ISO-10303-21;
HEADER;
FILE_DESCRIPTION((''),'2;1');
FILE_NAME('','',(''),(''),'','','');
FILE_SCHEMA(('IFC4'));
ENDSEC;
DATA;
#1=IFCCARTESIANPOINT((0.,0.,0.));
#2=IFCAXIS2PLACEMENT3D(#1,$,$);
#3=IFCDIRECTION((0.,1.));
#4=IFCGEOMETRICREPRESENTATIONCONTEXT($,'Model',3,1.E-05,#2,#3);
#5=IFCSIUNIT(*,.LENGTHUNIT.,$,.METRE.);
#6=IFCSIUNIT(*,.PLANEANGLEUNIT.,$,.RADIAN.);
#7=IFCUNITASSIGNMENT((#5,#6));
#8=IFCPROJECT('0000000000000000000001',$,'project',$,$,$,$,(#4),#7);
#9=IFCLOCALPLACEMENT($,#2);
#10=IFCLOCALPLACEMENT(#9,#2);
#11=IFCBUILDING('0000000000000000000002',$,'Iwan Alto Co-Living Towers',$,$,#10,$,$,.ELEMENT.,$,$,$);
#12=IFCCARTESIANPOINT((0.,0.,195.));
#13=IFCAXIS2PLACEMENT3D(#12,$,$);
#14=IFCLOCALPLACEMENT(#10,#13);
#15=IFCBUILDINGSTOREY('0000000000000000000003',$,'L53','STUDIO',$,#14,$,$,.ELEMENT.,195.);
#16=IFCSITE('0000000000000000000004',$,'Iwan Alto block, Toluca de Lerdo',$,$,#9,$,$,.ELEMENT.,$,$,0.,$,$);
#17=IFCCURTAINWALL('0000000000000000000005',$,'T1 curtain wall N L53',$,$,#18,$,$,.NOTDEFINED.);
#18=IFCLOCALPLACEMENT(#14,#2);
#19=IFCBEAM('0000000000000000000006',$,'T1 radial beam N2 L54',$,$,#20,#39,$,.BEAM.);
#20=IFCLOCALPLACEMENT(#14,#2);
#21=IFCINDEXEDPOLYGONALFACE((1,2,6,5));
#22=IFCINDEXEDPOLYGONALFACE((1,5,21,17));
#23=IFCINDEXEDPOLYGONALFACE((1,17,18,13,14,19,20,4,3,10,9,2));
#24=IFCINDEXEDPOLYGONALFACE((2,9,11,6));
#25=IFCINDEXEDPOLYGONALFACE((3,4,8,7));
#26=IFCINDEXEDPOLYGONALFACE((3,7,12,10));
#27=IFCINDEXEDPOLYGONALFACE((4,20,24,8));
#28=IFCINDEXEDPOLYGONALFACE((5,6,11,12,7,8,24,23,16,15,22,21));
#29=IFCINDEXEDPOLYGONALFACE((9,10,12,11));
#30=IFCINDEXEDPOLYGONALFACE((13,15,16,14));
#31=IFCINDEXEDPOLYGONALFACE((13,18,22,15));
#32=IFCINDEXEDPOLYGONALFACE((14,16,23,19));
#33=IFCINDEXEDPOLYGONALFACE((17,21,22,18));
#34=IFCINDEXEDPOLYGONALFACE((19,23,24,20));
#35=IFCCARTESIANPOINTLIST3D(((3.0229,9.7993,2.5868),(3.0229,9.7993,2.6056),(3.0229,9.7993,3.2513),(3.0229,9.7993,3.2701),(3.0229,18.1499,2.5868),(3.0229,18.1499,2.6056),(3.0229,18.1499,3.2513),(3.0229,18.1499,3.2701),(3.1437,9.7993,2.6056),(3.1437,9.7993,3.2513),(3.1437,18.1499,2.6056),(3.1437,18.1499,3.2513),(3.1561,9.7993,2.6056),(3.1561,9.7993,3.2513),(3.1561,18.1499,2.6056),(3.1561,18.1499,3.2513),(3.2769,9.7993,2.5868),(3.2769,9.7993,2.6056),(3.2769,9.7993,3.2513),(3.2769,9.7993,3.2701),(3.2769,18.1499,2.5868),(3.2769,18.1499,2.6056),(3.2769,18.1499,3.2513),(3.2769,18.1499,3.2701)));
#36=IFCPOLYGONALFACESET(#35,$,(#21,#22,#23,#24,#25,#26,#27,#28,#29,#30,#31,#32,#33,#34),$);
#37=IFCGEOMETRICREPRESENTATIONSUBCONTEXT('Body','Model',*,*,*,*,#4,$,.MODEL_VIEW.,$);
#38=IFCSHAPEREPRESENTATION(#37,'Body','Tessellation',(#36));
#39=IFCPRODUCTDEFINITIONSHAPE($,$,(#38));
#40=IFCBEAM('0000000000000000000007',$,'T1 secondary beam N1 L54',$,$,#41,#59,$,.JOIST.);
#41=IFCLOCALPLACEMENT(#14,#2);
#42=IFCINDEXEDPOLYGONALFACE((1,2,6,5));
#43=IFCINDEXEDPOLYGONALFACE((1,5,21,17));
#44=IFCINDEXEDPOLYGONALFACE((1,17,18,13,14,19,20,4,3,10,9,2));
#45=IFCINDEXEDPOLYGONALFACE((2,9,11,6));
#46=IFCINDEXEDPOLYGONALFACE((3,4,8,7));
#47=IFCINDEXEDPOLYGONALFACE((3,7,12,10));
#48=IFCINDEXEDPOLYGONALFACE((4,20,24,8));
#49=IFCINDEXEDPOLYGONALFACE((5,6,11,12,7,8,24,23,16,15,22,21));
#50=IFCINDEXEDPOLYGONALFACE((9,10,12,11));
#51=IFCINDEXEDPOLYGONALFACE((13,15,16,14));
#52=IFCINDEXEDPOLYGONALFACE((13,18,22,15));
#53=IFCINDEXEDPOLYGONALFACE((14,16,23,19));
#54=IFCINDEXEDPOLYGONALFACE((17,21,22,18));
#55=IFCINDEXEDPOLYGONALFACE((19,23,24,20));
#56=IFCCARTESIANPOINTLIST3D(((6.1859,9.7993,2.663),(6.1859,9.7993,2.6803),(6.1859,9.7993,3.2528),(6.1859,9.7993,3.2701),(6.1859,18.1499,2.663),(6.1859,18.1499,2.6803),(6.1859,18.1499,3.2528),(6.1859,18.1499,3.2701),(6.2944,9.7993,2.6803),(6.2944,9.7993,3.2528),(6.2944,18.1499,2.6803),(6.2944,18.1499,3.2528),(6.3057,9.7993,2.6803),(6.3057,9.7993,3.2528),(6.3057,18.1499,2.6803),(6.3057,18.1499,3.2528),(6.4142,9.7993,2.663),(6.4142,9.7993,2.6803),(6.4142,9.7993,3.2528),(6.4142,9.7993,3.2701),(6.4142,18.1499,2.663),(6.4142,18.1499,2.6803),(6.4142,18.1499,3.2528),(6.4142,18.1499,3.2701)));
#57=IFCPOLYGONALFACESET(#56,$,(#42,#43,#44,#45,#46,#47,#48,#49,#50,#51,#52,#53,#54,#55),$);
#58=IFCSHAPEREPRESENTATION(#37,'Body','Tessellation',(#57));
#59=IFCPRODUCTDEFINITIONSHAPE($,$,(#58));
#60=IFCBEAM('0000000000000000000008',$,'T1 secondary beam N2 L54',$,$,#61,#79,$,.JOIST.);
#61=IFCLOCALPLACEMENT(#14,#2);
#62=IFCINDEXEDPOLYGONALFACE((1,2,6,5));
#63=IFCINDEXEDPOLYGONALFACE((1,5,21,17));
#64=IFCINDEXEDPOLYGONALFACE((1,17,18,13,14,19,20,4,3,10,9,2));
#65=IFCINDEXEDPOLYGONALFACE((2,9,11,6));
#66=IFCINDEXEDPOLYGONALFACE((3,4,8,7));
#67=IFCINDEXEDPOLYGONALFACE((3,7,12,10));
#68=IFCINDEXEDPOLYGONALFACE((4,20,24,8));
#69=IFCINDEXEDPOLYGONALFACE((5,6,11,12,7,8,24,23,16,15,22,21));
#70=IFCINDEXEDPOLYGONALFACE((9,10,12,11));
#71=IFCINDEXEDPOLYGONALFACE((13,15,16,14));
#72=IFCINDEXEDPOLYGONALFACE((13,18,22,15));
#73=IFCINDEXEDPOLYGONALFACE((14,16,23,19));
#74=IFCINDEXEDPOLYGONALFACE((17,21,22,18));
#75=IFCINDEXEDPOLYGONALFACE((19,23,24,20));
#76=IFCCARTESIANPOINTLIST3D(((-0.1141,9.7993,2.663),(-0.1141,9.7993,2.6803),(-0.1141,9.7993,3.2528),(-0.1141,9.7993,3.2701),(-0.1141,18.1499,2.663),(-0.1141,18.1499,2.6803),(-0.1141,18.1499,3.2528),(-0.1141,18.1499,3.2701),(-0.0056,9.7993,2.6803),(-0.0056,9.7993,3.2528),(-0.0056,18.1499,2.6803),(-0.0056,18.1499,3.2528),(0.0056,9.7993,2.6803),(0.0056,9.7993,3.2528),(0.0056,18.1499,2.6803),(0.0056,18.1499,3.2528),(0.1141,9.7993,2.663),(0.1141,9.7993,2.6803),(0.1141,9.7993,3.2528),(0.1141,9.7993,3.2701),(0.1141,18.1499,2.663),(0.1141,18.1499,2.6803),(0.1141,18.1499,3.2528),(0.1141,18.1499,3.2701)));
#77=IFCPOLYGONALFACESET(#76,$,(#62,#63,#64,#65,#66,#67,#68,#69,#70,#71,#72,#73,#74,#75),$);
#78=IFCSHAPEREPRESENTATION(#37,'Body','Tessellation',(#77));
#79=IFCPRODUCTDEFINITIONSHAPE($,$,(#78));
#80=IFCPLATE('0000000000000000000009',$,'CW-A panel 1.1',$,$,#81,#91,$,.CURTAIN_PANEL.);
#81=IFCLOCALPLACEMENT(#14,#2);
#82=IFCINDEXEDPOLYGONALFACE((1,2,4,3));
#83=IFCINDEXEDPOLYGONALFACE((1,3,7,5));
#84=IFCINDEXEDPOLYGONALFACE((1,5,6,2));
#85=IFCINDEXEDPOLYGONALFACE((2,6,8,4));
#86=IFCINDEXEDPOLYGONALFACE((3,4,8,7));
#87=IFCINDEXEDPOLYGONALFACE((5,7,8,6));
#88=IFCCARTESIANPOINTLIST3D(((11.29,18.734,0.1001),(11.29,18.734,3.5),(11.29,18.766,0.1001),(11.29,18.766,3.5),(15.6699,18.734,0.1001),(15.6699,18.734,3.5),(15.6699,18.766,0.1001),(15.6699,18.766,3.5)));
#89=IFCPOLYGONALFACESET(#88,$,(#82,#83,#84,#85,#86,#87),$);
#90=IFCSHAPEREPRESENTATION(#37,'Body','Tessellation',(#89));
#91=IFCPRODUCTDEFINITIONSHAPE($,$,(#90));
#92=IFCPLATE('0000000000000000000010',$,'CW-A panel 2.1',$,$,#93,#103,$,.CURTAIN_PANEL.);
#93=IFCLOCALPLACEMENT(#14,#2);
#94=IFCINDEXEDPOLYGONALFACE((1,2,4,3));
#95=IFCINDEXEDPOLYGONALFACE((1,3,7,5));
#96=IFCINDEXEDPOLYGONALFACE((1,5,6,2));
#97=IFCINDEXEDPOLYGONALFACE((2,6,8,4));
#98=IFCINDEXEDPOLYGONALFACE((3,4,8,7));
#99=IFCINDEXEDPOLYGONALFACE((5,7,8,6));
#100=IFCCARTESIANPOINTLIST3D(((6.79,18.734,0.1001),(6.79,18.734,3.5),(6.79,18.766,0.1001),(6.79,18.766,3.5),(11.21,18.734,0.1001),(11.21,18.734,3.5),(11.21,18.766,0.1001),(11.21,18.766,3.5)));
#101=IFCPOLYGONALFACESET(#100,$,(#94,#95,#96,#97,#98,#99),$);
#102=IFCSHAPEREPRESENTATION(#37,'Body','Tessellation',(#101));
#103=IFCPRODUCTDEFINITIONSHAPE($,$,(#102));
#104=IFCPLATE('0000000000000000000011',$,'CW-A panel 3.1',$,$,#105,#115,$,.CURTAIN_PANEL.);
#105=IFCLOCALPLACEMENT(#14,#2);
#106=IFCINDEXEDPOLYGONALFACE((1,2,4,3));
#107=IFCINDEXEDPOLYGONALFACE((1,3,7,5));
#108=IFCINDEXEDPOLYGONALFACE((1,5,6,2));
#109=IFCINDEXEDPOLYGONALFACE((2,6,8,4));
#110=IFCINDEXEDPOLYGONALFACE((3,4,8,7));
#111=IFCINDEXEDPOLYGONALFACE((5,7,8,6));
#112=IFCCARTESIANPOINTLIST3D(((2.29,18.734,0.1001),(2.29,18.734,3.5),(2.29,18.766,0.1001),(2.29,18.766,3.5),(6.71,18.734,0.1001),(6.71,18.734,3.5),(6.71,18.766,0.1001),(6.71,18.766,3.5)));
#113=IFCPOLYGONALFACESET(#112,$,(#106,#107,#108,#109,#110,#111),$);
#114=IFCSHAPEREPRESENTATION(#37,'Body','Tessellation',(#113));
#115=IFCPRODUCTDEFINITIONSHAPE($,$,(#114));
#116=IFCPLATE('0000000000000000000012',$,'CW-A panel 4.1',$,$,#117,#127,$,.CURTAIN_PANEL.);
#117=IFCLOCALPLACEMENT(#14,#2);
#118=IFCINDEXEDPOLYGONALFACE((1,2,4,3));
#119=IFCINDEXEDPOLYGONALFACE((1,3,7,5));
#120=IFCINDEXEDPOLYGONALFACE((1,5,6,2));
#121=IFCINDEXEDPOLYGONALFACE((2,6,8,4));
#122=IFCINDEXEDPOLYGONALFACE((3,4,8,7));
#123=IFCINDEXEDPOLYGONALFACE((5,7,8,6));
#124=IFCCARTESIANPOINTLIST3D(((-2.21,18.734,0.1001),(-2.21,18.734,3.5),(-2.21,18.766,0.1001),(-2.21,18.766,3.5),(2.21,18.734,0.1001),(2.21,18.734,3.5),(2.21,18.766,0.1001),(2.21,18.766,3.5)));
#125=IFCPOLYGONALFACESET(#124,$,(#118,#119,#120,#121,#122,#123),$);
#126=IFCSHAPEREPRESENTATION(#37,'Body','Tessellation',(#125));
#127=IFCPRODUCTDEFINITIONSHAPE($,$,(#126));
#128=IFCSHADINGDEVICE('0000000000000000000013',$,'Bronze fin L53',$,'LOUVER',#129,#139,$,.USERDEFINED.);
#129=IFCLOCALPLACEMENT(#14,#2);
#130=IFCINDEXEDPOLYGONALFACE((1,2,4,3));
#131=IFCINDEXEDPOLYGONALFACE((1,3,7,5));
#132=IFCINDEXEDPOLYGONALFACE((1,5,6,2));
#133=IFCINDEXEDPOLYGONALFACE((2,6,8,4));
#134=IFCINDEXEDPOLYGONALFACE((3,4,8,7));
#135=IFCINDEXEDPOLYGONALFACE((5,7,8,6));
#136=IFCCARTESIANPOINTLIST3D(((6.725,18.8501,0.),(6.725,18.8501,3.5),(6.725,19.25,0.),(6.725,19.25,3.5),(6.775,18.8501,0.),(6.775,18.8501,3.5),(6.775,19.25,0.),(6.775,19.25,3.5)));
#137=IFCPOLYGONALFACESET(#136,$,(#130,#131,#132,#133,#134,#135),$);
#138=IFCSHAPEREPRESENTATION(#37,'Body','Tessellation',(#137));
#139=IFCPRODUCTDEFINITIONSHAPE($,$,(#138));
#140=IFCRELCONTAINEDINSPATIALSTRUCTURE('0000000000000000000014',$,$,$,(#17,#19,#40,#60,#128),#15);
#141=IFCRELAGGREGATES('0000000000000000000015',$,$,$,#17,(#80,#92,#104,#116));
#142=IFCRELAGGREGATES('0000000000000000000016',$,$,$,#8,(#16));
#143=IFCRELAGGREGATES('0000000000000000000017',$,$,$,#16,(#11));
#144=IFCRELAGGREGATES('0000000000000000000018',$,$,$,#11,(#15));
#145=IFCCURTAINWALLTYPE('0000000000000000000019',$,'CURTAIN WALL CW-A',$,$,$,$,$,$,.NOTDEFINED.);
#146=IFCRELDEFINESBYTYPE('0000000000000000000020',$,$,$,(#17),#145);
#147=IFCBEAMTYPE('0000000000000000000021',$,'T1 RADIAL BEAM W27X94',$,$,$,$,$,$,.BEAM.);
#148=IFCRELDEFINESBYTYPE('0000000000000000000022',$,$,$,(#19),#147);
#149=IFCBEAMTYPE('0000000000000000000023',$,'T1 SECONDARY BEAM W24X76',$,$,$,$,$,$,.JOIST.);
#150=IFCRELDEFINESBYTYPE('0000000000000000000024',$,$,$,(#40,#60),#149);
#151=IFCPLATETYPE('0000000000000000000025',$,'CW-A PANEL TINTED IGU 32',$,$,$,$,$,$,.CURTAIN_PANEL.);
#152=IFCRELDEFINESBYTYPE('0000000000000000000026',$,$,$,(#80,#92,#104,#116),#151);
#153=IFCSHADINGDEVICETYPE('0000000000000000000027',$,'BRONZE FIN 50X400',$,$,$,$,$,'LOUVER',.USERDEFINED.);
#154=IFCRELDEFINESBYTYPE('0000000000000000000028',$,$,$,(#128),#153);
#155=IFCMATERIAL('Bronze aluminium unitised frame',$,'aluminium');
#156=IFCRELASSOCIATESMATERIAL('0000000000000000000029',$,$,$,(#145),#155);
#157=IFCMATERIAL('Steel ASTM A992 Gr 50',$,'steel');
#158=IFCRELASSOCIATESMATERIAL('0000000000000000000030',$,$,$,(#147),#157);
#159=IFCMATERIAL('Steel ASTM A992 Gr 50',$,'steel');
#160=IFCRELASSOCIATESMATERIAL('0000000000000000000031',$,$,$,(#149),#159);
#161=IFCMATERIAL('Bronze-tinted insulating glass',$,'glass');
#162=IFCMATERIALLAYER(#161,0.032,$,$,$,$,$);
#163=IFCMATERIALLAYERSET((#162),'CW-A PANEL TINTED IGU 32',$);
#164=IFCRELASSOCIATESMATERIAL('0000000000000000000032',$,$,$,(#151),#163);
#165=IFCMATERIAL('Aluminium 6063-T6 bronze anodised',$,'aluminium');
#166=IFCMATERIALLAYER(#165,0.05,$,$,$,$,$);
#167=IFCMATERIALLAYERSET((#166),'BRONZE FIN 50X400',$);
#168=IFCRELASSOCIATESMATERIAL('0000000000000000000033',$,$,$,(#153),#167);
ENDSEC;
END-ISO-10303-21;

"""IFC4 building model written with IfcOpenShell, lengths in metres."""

from ifc_helpers import new_model, si_unit, direction, frame, origin, origin_2d, place, context, subcontext, project, spatial, rectangle, i_section, extrude, material, layer, layer_set, material_profile, profile_set, type_object, element, aggregate, save


model = new_model("IFC4")

# Units and contexts
model_context = context("Model", 3, precision=1e-05, world=origin(), true_north=direction((0.0, 1.0)))
body_context = subcontext(model_context, "Body", "Model", "MODEL_VIEW")
ifc_project = project(units=[si_unit("LENGTHUNIT", "METRE"), si_unit("PLANEANGLEUNIT", "RADIAN")], contexts=[model_context])

# Site, building, storey
site_placement = place(None, origin())
site = spatial("IfcSite", under=ifc_project, at=site_placement, Name="Iwan Alto block, Toluca de Lerdo", CompositionType="ELEMENT", RefElevation=0.0)
building_placement = place(site_placement, origin())
building = spatial("IfcBuilding", under=site, at=building_placement, Name="Iwan Alto Co-Living Towers", CompositionType="ELEMENT")
storey_placement = place(building_placement, frame((0.0, 0.0, 195.0)))
storey = spatial("IfcBuildingStorey", under=building, at=storey_placement, Name="L53", Description="STUDIO", CompositionType="ELEMENT", Elevation=195.0)

# Curtain wall
ifc_material_1 = material(Name="Bronze aluminium unitised frame", Category="aluminium")
curtain_wall_type = type_object("IfcCurtainWallType", Name="CURTAIN WALL CW-A", PredefinedType="NOTDEFINED", material=ifc_material_1)
curtain_wall_placement = place(storey_placement, origin())
curtain_wall = element("IfcCurtainWall", 1, at=curtain_wall_placement, inside=storey, type_object=curtain_wall_type, Name="T1 curtain wall N L53", PredefinedType="NOTDEFINED")

# Beams
ifc_material_2 = material(Name="Steel ASTM A992 Gr 50", Category="steel")
ifc_material_profile_1 = material_profile(ifc_material_2, i_section(OverallWidth=0.2539, OverallDepth=0.6833, WebThickness=0.0125, FlangeThickness=0.0188, at=origin_2d()), Name="W27X94")
ifc_profile_set_1 = profile_set([ifc_material_profile_1], Name="Steel ASTM A992 Gr 50")
beam_type_1 = type_object("IfcBeamType", Name="T1 RADIAL BEAM W27X94", PredefinedType="BEAM", material=ifc_profile_set_1)
for number, where, z_axis, x_axis, name in (
    (2, (3.1499, 18.1499, 2.9285), (0.0, -1.0, 0.0), (1.0, 0.0, 0.0), "T1 radial beam N2 L54"),
):
    element("IfcBeam", number, at=place(storey_placement, frame(where, z_axis=z_axis, x_axis=x_axis)), inside=storey, type_object=beam_type_1, Name=name, PredefinedType="BEAM", context=body_context, shape_type="SweptSolid", body=[
        extrude(i_section(OverallWidth=0.2539, OverallDepth=0.6833, WebThickness=0.0125, FlangeThickness=0.0188, at=origin_2d()), origin(), (0.0, 0.0, 1.0), 8.3506),
    ])
ifc_material_3 = material(Name="Steel ASTM A992 Gr 50", Category="steel")
ifc_material_profile_2 = material_profile(ifc_material_3, i_section(OverallWidth=0.2283, OverallDepth=0.6072, WebThickness=0.0112, FlangeThickness=0.0173, at=origin_2d()), Name="W24X76")
ifc_profile_set_2 = profile_set([ifc_material_profile_2], Name="Steel ASTM A992 Gr 50")
beam_type_2 = type_object("IfcBeamType", Name="T1 SECONDARY BEAM W24X76", PredefinedType="JOIST", material=ifc_profile_set_2)
for number, where, z_axis, x_axis, name in (
    (3, (6.3, 18.1499, 2.9666), (0.0, -1.0, 0.0), (1.0, 0.0, 0.0), "T1 secondary beam N1 L54"),
    (4, (0.0, 18.1499, 2.9666), (0.0, -1.0, 0.0), (1.0, 0.0, 0.0), "T1 secondary beam N2 L54"),
):
    element("IfcBeam", number, at=place(storey_placement, frame(where, z_axis=z_axis, x_axis=x_axis)), inside=storey, type_object=beam_type_2, Name=name, PredefinedType="JOIST", context=body_context, shape_type="SweptSolid", body=[
        extrude(i_section(OverallWidth=0.2283, OverallDepth=0.6072, WebThickness=0.0112, FlangeThickness=0.0173, at=origin_2d()), origin(), (0.0, 0.0, 1.0), 8.3506),
    ])

# Plates
ifc_material_4 = material(Name="Bronze-tinted insulating glass", Category="glass")
ifc_layer_1 = layer(ifc_material_4, 0.032)
ifc_layer_set_1 = layer_set([ifc_layer_1], Name="CW-A PANEL TINTED IGU 32")
plate_type = type_object("IfcPlateType", Name="CW-A PANEL TINTED IGU 32", PredefinedType="CURTAIN_PANEL", material=ifc_layer_set_1)
plate_1_placement = place(storey_placement, frame((13.48, 18.75, 0.1001), z_axis=(0.0, 0.0, 1.0), x_axis=(-1.0, 0.0, 0.0)))
plate_1 = element("IfcPlate", 5, at=plate_1_placement, type_object=plate_type, Name="CW-A panel 1.1", PredefinedType="CURTAIN_PANEL", context=body_context, shape_type="SweptSolid", body=[
    extrude(rectangle(XDim=4.3799, YDim=0.032, at=origin_2d()), origin(), (0.0, 0.0, 1.0), 3.3999),
])
plate_2_placement = place(storey_placement, frame((9.0, 18.75, 0.1001), z_axis=(0.0, 0.0, 1.0), x_axis=(-1.0, 0.0, 0.0)))
plate_2 = element("IfcPlate", 6, at=plate_2_placement, type_object=plate_type, Name="CW-A panel 2.1", PredefinedType="CURTAIN_PANEL", context=body_context, shape_type="SweptSolid", body=[
    extrude(rectangle(XDim=4.4199, YDim=0.032, at=origin_2d()), origin(), (0.0, 0.0, 1.0), 3.3999),
])
plate_3_placement = place(storey_placement, frame((4.5, 18.75, 0.1001), z_axis=(0.0, 0.0, 1.0), x_axis=(-1.0, 0.0, 0.0)))
plate_3 = element("IfcPlate", 7, at=plate_3_placement, type_object=plate_type, Name="CW-A panel 3.1", PredefinedType="CURTAIN_PANEL", context=body_context, shape_type="SweptSolid", body=[
    extrude(rectangle(XDim=4.4199, YDim=0.032, at=origin_2d()), origin(), (0.0, 0.0, 1.0), 3.3999),
])
plate_4_placement = place(storey_placement, frame((0.0, 18.75, 0.1001), z_axis=(0.0, 0.0, 1.0), x_axis=(-1.0, 0.0, 0.0)))
plate_4 = element("IfcPlate", 8, at=plate_4_placement, type_object=plate_type, Name="CW-A panel 4.1", PredefinedType="CURTAIN_PANEL", context=body_context, shape_type="SweptSolid", body=[
    extrude(rectangle(XDim=4.4199, YDim=0.032, at=origin_2d()), origin(), (0.0, 0.0, 1.0), 3.3999),
])
aggregate(curtain_wall, [plate_1, plate_2, plate_3, plate_4])

# Shading device
ifc_material_5 = material(Name="Aluminium 6063-T6 bronze anodised", Category="aluminium")
ifc_layer_2 = layer(ifc_material_5, 0.05)
ifc_layer_set_2 = layer_set([ifc_layer_2], Name="BRONZE FIN 50X400")
shading_device_type = type_object("IfcShadingDeviceType", Name="BRONZE FIN 50X400", ElementType="LOUVER", PredefinedType="USERDEFINED", material=ifc_layer_set_2)
shading_device_placement = place(storey_placement, frame((6.75, 19.05, 0.0), z_axis=(0.0, 0.0, 1.0), x_axis=(-1.0, 0.0, 0.0)))
element("IfcShadingDevice", 9, at=shading_device_placement, inside=storey, type_object=shading_device_type, Name="Bronze fin L53", ObjectType="LOUVER", PredefinedType="USERDEFINED", context=body_context, shape_type="SweptSolid", body=[
    extrude(rectangle(XDim=0.05, YDim=0.3999, at=origin_2d()), origin(), (0.0, 0.0, 1.0), 3.5),
])

save(model, "model.ifc")
